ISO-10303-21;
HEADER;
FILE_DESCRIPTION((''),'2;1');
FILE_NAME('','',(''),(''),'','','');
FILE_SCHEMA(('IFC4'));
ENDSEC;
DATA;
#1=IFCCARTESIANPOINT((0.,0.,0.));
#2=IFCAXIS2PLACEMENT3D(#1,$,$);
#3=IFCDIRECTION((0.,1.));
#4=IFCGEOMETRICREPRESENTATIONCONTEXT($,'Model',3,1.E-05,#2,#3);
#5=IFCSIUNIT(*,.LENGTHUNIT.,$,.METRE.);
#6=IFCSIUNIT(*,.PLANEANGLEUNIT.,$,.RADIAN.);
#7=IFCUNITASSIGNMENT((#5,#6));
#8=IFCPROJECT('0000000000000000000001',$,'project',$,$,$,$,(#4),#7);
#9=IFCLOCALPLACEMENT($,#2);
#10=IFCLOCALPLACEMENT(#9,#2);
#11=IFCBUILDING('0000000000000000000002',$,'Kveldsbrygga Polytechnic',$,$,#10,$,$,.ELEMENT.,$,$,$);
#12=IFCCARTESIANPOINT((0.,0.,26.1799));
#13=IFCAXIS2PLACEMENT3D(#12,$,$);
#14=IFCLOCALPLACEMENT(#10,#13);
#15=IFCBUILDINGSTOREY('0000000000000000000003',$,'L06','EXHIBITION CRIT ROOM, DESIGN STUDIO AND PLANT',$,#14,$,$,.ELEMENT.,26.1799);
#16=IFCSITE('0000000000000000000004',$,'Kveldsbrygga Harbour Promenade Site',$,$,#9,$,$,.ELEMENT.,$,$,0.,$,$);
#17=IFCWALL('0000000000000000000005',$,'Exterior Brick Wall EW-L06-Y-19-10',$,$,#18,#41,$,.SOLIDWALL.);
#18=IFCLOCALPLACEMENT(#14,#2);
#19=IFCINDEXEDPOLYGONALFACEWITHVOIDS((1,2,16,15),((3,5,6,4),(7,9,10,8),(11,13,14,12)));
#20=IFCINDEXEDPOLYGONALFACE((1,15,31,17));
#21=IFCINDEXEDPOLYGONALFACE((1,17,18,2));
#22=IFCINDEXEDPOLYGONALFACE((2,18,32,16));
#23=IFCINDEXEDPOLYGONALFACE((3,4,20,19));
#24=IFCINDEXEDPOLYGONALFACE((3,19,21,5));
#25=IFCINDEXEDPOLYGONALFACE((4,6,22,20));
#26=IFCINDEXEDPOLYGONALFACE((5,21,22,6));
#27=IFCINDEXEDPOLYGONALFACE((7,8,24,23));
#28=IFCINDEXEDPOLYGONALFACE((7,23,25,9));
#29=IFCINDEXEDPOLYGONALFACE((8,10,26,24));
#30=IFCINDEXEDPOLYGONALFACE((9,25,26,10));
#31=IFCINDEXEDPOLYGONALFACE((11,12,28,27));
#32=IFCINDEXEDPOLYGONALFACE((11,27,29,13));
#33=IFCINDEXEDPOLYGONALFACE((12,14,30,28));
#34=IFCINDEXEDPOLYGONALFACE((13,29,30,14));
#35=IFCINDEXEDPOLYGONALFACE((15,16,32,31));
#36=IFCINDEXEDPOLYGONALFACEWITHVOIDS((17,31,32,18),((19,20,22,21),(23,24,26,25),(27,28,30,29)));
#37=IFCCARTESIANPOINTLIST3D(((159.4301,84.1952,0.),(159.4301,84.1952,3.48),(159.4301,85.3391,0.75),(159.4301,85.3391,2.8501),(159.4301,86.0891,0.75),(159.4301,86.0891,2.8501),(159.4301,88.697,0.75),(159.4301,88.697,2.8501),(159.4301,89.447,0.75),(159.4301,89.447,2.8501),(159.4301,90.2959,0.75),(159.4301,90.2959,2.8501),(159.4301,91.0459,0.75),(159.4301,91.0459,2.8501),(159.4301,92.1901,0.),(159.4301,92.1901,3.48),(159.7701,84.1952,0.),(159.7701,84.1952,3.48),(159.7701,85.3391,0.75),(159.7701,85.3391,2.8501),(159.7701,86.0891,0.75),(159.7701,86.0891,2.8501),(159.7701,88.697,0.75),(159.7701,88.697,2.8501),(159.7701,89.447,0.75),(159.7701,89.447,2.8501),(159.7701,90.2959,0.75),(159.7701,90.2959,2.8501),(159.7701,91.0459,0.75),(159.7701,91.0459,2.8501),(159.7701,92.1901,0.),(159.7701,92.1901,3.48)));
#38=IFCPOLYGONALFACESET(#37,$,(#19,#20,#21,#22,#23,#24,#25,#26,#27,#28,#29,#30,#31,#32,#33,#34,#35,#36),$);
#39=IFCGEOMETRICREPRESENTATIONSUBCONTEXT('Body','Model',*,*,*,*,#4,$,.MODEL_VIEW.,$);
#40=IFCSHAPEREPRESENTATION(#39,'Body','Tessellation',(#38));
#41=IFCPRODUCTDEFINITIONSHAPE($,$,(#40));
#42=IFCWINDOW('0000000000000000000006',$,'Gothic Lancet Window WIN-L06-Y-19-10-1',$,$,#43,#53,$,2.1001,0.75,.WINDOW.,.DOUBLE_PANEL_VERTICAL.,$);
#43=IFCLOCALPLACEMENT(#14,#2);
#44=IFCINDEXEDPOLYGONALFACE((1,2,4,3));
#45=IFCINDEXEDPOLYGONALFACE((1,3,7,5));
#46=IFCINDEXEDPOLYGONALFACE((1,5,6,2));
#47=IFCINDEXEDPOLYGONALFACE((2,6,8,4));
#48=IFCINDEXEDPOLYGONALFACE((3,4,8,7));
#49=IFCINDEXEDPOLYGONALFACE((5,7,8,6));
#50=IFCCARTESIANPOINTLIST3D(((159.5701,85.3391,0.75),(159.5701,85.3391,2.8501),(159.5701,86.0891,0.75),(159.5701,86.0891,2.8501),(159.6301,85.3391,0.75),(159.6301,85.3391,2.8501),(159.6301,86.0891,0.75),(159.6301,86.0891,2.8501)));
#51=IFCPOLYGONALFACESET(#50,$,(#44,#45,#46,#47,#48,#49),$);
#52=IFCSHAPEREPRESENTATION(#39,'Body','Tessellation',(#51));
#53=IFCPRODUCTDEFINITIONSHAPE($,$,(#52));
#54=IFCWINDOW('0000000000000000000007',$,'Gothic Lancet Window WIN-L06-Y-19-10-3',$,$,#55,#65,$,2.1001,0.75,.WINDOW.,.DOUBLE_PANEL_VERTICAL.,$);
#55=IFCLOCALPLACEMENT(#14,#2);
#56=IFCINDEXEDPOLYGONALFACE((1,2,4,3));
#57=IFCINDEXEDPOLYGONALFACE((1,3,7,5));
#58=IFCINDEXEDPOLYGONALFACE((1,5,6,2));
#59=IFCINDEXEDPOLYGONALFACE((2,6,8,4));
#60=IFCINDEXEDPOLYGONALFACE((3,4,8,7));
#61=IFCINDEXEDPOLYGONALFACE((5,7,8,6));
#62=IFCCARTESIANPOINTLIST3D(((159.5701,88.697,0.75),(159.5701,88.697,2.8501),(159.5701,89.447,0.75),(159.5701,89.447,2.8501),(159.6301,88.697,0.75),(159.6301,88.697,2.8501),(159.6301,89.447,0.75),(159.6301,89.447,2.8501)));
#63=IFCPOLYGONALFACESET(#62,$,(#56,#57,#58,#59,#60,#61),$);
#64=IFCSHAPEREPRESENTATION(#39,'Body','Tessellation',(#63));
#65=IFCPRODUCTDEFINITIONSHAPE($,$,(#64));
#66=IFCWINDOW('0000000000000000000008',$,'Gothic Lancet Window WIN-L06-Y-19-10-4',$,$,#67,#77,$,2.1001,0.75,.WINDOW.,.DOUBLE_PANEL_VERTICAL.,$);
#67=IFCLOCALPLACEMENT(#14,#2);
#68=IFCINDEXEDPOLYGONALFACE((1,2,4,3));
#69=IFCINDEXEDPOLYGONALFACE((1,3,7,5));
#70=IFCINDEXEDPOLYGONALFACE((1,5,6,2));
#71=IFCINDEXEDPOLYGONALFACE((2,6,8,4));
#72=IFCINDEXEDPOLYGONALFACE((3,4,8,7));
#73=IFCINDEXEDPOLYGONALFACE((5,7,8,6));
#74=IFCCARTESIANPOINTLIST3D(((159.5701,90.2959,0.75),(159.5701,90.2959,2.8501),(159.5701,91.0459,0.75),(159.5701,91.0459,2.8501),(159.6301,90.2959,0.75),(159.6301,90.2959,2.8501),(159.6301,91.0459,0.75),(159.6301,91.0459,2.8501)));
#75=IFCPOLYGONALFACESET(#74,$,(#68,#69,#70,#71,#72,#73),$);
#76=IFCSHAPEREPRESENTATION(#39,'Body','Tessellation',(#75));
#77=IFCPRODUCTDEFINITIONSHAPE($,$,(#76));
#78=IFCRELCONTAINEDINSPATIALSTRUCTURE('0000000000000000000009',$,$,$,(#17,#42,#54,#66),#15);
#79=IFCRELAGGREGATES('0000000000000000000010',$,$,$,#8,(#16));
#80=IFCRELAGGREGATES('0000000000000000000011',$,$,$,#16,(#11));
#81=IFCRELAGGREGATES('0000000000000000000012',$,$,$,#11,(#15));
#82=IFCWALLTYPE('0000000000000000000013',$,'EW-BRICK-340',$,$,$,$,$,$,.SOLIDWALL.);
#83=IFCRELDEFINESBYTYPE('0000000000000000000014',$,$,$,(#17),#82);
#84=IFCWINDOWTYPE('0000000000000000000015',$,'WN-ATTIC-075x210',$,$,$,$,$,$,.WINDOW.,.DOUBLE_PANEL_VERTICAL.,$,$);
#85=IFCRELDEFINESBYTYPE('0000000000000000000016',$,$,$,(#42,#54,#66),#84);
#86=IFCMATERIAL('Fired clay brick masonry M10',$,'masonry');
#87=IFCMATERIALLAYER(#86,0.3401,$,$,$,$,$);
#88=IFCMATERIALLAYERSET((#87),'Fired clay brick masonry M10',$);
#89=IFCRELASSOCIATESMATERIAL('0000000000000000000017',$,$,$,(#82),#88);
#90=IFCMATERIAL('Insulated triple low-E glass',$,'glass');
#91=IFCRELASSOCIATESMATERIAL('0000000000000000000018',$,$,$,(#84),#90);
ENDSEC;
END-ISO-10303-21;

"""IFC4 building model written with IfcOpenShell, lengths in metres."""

from ifc_helpers import new_model, si_unit, direction, frame, frame_2d, origin, place, context, subcontext, project, spatial, rectangle, extrude, material, layer, layer_set, type_object, element, fill, save


model = new_model("IFC4")

# Units and contexts
model_context = context("Model", 3, precision=1e-05, world=origin(), true_north=direction((0.0, 1.0)))
body_context = subcontext(model_context, "Body", "Model", "MODEL_VIEW")
ifc_project = project(units=[si_unit("LENGTHUNIT", "METRE"), si_unit("PLANEANGLEUNIT", "RADIAN")], contexts=[model_context])

# Site, building, storey
site_placement = place(None, origin())
site = spatial("IfcSite", under=ifc_project, at=site_placement, Name="Kveldsbrygga Harbour Promenade Site", CompositionType="ELEMENT", RefElevation=0.0)
building_placement = place(site_placement, origin())
building = spatial("IfcBuilding", under=site, at=building_placement, Name="Kveldsbrygga Polytechnic", CompositionType="ELEMENT")
storey_placement = place(building_placement, frame((0.0, 0.0, 26.1799)))
storey = spatial("IfcBuildingStorey", under=building, at=storey_placement, Name="L06", Description="EXHIBITION CRIT ROOM, DESIGN STUDIO AND PLANT", CompositionType="ELEMENT", Elevation=26.1799)

# Wall, openings, windows
ifc_material_1 = material(Name="Fired clay brick masonry M10", Category="masonry")
ifc_layer_1 = layer(ifc_material_1, 0.3401)
ifc_layer_set_1 = layer_set([ifc_layer_1], Name="Fired clay brick masonry M10")
wall_type = type_object("IfcWallType", Name="EW-BRICK-340", PredefinedType="SOLIDWALL", material=ifc_layer_set_1)
wall_placement = place(storey_placement, frame((159.6001, 84.1951, 0.0), z_axis=(0.0, 0.0, 1.0), x_axis=(0.0, 1.0, 0.0)))
wall = element("IfcWall", 1, at=wall_placement, inside=storey, type_object=wall_type, Name="Exterior Brick Wall EW-L06-Y-19-10", PredefinedType="SOLIDWALL", context=body_context, shape_type="SweptSolid", body=[
    extrude(rectangle(XDim=7.9949, YDim=0.3401, at=frame_2d((3.9976, 0.0))), origin(), (0.0, 0.0, 1.0), 3.48),
])
opening_1_placement = place(wall_placement, frame((1.144, 0.0, 0.75)))
opening_1 = element("IfcOpeningElement", 2, at=opening_1_placement, cuts=wall, PredefinedType="OPENING", context=body_context, shape_type="SweptSolid", body=[
    extrude(rectangle(XDim=0.75, YDim=2.1001, at=frame_2d((0.375, 1.05))), frame((0.0, 0.1802, 0.0), z_axis=(0.0, -1.0, 0.0), x_axis=(1.0, 0.0, 0.0)), (0.0, 0.0, 1.0), 0.3601),
])
opening_2_placement = place(wall_placement, frame((4.502, 0.0, 0.75)))
opening_2 = element("IfcOpeningElement", 3, at=opening_2_placement, cuts=wall, PredefinedType="OPENING", context=body_context, shape_type="SweptSolid", body=[
    extrude(rectangle(XDim=0.75, YDim=2.1001, at=frame_2d((0.375, 1.05))), frame((0.0, 0.1802, 0.0), z_axis=(0.0, -1.0, 0.0), x_axis=(1.0, 0.0, 0.0)), (0.0, 0.0, 1.0), 0.3601),
])
opening_3_placement = place(wall_placement, frame((6.1008, 0.0, 0.75)))
opening_3 = element("IfcOpeningElement", 4, at=opening_3_placement, cuts=wall, PredefinedType="OPENING", context=body_context, shape_type="SweptSolid", body=[
    extrude(rectangle(XDim=0.75, YDim=2.1001, at=frame_2d((0.375, 1.05))), frame((0.0, 0.1802, 0.0), z_axis=(0.0, -1.0, 0.0), x_axis=(1.0, 0.0, 0.0)), (0.0, 0.0, 1.0), 0.3601),
])
ifc_material_2 = material(Name="Insulated triple low-E glass", Category="glass")
window_type = type_object("IfcWindowType", Name="WN-ATTIC-075x210", PartitioningType="DOUBLE_PANEL_VERTICAL", PredefinedType="WINDOW", material=ifc_material_2)
window_1_placement = place(opening_1_placement, origin())
window_1 = element("IfcWindow", 5, at=window_1_placement, inside=storey, type_object=window_type, Name="Gothic Lancet Window WIN-L06-Y-19-10-1", OverallHeight=2.1001, OverallWidth=0.75, PartitioningType="DOUBLE_PANEL_VERTICAL", PredefinedType="WINDOW", context=body_context, shape_type="SweptSolid", body=[
    extrude(rectangle(XDim=0.75, YDim=2.1001, at=frame_2d((0.375, 1.05))), frame((0.0, 0.03, 0.0), z_axis=(0.0, -1.0, 0.0), x_axis=(1.0, 0.0, 0.0)), (0.0, 0.0, 1.0), 0.0601),
])
fill(opening_1, window_1)
window_2_placement = place(opening_2_placement, origin())
window_2 = element("IfcWindow", 6, at=window_2_placement, inside=storey, type_object=window_type, Name="Gothic Lancet Window WIN-L06-Y-19-10-3", OverallHeight=2.1001, OverallWidth=0.75, PartitioningType="DOUBLE_PANEL_VERTICAL", PredefinedType="WINDOW", context=body_context, shape_type="SweptSolid", body=[
    extrude(rectangle(XDim=0.75, YDim=2.1001, at=frame_2d((0.375, 1.05))), frame((0.0, 0.03, 0.0), z_axis=(0.0, -1.0, 0.0), x_axis=(1.0, 0.0, 0.0)), (0.0, 0.0, 1.0), 0.0601),
])
fill(opening_2, window_2)
window_3_placement = place(opening_3_placement, origin())
window_3 = element("IfcWindow", 7, at=window_3_placement, inside=storey, type_object=window_type, Name="Gothic Lancet Window WIN-L06-Y-19-10-4", OverallHeight=2.1001, OverallWidth=0.75, PartitioningType="DOUBLE_PANEL_VERTICAL", PredefinedType="WINDOW", context=body_context, shape_type="SweptSolid", body=[
    extrude(rectangle(XDim=0.75, YDim=2.1001, at=frame_2d((0.375, 1.05))), frame((0.0, 0.03, 0.0), z_axis=(0.0, -1.0, 0.0), x_axis=(1.0, 0.0, 0.0)), (0.0, 0.0, 1.0), 0.0601),
])
fill(opening_3, window_3)

save(model, "model.ifc")
